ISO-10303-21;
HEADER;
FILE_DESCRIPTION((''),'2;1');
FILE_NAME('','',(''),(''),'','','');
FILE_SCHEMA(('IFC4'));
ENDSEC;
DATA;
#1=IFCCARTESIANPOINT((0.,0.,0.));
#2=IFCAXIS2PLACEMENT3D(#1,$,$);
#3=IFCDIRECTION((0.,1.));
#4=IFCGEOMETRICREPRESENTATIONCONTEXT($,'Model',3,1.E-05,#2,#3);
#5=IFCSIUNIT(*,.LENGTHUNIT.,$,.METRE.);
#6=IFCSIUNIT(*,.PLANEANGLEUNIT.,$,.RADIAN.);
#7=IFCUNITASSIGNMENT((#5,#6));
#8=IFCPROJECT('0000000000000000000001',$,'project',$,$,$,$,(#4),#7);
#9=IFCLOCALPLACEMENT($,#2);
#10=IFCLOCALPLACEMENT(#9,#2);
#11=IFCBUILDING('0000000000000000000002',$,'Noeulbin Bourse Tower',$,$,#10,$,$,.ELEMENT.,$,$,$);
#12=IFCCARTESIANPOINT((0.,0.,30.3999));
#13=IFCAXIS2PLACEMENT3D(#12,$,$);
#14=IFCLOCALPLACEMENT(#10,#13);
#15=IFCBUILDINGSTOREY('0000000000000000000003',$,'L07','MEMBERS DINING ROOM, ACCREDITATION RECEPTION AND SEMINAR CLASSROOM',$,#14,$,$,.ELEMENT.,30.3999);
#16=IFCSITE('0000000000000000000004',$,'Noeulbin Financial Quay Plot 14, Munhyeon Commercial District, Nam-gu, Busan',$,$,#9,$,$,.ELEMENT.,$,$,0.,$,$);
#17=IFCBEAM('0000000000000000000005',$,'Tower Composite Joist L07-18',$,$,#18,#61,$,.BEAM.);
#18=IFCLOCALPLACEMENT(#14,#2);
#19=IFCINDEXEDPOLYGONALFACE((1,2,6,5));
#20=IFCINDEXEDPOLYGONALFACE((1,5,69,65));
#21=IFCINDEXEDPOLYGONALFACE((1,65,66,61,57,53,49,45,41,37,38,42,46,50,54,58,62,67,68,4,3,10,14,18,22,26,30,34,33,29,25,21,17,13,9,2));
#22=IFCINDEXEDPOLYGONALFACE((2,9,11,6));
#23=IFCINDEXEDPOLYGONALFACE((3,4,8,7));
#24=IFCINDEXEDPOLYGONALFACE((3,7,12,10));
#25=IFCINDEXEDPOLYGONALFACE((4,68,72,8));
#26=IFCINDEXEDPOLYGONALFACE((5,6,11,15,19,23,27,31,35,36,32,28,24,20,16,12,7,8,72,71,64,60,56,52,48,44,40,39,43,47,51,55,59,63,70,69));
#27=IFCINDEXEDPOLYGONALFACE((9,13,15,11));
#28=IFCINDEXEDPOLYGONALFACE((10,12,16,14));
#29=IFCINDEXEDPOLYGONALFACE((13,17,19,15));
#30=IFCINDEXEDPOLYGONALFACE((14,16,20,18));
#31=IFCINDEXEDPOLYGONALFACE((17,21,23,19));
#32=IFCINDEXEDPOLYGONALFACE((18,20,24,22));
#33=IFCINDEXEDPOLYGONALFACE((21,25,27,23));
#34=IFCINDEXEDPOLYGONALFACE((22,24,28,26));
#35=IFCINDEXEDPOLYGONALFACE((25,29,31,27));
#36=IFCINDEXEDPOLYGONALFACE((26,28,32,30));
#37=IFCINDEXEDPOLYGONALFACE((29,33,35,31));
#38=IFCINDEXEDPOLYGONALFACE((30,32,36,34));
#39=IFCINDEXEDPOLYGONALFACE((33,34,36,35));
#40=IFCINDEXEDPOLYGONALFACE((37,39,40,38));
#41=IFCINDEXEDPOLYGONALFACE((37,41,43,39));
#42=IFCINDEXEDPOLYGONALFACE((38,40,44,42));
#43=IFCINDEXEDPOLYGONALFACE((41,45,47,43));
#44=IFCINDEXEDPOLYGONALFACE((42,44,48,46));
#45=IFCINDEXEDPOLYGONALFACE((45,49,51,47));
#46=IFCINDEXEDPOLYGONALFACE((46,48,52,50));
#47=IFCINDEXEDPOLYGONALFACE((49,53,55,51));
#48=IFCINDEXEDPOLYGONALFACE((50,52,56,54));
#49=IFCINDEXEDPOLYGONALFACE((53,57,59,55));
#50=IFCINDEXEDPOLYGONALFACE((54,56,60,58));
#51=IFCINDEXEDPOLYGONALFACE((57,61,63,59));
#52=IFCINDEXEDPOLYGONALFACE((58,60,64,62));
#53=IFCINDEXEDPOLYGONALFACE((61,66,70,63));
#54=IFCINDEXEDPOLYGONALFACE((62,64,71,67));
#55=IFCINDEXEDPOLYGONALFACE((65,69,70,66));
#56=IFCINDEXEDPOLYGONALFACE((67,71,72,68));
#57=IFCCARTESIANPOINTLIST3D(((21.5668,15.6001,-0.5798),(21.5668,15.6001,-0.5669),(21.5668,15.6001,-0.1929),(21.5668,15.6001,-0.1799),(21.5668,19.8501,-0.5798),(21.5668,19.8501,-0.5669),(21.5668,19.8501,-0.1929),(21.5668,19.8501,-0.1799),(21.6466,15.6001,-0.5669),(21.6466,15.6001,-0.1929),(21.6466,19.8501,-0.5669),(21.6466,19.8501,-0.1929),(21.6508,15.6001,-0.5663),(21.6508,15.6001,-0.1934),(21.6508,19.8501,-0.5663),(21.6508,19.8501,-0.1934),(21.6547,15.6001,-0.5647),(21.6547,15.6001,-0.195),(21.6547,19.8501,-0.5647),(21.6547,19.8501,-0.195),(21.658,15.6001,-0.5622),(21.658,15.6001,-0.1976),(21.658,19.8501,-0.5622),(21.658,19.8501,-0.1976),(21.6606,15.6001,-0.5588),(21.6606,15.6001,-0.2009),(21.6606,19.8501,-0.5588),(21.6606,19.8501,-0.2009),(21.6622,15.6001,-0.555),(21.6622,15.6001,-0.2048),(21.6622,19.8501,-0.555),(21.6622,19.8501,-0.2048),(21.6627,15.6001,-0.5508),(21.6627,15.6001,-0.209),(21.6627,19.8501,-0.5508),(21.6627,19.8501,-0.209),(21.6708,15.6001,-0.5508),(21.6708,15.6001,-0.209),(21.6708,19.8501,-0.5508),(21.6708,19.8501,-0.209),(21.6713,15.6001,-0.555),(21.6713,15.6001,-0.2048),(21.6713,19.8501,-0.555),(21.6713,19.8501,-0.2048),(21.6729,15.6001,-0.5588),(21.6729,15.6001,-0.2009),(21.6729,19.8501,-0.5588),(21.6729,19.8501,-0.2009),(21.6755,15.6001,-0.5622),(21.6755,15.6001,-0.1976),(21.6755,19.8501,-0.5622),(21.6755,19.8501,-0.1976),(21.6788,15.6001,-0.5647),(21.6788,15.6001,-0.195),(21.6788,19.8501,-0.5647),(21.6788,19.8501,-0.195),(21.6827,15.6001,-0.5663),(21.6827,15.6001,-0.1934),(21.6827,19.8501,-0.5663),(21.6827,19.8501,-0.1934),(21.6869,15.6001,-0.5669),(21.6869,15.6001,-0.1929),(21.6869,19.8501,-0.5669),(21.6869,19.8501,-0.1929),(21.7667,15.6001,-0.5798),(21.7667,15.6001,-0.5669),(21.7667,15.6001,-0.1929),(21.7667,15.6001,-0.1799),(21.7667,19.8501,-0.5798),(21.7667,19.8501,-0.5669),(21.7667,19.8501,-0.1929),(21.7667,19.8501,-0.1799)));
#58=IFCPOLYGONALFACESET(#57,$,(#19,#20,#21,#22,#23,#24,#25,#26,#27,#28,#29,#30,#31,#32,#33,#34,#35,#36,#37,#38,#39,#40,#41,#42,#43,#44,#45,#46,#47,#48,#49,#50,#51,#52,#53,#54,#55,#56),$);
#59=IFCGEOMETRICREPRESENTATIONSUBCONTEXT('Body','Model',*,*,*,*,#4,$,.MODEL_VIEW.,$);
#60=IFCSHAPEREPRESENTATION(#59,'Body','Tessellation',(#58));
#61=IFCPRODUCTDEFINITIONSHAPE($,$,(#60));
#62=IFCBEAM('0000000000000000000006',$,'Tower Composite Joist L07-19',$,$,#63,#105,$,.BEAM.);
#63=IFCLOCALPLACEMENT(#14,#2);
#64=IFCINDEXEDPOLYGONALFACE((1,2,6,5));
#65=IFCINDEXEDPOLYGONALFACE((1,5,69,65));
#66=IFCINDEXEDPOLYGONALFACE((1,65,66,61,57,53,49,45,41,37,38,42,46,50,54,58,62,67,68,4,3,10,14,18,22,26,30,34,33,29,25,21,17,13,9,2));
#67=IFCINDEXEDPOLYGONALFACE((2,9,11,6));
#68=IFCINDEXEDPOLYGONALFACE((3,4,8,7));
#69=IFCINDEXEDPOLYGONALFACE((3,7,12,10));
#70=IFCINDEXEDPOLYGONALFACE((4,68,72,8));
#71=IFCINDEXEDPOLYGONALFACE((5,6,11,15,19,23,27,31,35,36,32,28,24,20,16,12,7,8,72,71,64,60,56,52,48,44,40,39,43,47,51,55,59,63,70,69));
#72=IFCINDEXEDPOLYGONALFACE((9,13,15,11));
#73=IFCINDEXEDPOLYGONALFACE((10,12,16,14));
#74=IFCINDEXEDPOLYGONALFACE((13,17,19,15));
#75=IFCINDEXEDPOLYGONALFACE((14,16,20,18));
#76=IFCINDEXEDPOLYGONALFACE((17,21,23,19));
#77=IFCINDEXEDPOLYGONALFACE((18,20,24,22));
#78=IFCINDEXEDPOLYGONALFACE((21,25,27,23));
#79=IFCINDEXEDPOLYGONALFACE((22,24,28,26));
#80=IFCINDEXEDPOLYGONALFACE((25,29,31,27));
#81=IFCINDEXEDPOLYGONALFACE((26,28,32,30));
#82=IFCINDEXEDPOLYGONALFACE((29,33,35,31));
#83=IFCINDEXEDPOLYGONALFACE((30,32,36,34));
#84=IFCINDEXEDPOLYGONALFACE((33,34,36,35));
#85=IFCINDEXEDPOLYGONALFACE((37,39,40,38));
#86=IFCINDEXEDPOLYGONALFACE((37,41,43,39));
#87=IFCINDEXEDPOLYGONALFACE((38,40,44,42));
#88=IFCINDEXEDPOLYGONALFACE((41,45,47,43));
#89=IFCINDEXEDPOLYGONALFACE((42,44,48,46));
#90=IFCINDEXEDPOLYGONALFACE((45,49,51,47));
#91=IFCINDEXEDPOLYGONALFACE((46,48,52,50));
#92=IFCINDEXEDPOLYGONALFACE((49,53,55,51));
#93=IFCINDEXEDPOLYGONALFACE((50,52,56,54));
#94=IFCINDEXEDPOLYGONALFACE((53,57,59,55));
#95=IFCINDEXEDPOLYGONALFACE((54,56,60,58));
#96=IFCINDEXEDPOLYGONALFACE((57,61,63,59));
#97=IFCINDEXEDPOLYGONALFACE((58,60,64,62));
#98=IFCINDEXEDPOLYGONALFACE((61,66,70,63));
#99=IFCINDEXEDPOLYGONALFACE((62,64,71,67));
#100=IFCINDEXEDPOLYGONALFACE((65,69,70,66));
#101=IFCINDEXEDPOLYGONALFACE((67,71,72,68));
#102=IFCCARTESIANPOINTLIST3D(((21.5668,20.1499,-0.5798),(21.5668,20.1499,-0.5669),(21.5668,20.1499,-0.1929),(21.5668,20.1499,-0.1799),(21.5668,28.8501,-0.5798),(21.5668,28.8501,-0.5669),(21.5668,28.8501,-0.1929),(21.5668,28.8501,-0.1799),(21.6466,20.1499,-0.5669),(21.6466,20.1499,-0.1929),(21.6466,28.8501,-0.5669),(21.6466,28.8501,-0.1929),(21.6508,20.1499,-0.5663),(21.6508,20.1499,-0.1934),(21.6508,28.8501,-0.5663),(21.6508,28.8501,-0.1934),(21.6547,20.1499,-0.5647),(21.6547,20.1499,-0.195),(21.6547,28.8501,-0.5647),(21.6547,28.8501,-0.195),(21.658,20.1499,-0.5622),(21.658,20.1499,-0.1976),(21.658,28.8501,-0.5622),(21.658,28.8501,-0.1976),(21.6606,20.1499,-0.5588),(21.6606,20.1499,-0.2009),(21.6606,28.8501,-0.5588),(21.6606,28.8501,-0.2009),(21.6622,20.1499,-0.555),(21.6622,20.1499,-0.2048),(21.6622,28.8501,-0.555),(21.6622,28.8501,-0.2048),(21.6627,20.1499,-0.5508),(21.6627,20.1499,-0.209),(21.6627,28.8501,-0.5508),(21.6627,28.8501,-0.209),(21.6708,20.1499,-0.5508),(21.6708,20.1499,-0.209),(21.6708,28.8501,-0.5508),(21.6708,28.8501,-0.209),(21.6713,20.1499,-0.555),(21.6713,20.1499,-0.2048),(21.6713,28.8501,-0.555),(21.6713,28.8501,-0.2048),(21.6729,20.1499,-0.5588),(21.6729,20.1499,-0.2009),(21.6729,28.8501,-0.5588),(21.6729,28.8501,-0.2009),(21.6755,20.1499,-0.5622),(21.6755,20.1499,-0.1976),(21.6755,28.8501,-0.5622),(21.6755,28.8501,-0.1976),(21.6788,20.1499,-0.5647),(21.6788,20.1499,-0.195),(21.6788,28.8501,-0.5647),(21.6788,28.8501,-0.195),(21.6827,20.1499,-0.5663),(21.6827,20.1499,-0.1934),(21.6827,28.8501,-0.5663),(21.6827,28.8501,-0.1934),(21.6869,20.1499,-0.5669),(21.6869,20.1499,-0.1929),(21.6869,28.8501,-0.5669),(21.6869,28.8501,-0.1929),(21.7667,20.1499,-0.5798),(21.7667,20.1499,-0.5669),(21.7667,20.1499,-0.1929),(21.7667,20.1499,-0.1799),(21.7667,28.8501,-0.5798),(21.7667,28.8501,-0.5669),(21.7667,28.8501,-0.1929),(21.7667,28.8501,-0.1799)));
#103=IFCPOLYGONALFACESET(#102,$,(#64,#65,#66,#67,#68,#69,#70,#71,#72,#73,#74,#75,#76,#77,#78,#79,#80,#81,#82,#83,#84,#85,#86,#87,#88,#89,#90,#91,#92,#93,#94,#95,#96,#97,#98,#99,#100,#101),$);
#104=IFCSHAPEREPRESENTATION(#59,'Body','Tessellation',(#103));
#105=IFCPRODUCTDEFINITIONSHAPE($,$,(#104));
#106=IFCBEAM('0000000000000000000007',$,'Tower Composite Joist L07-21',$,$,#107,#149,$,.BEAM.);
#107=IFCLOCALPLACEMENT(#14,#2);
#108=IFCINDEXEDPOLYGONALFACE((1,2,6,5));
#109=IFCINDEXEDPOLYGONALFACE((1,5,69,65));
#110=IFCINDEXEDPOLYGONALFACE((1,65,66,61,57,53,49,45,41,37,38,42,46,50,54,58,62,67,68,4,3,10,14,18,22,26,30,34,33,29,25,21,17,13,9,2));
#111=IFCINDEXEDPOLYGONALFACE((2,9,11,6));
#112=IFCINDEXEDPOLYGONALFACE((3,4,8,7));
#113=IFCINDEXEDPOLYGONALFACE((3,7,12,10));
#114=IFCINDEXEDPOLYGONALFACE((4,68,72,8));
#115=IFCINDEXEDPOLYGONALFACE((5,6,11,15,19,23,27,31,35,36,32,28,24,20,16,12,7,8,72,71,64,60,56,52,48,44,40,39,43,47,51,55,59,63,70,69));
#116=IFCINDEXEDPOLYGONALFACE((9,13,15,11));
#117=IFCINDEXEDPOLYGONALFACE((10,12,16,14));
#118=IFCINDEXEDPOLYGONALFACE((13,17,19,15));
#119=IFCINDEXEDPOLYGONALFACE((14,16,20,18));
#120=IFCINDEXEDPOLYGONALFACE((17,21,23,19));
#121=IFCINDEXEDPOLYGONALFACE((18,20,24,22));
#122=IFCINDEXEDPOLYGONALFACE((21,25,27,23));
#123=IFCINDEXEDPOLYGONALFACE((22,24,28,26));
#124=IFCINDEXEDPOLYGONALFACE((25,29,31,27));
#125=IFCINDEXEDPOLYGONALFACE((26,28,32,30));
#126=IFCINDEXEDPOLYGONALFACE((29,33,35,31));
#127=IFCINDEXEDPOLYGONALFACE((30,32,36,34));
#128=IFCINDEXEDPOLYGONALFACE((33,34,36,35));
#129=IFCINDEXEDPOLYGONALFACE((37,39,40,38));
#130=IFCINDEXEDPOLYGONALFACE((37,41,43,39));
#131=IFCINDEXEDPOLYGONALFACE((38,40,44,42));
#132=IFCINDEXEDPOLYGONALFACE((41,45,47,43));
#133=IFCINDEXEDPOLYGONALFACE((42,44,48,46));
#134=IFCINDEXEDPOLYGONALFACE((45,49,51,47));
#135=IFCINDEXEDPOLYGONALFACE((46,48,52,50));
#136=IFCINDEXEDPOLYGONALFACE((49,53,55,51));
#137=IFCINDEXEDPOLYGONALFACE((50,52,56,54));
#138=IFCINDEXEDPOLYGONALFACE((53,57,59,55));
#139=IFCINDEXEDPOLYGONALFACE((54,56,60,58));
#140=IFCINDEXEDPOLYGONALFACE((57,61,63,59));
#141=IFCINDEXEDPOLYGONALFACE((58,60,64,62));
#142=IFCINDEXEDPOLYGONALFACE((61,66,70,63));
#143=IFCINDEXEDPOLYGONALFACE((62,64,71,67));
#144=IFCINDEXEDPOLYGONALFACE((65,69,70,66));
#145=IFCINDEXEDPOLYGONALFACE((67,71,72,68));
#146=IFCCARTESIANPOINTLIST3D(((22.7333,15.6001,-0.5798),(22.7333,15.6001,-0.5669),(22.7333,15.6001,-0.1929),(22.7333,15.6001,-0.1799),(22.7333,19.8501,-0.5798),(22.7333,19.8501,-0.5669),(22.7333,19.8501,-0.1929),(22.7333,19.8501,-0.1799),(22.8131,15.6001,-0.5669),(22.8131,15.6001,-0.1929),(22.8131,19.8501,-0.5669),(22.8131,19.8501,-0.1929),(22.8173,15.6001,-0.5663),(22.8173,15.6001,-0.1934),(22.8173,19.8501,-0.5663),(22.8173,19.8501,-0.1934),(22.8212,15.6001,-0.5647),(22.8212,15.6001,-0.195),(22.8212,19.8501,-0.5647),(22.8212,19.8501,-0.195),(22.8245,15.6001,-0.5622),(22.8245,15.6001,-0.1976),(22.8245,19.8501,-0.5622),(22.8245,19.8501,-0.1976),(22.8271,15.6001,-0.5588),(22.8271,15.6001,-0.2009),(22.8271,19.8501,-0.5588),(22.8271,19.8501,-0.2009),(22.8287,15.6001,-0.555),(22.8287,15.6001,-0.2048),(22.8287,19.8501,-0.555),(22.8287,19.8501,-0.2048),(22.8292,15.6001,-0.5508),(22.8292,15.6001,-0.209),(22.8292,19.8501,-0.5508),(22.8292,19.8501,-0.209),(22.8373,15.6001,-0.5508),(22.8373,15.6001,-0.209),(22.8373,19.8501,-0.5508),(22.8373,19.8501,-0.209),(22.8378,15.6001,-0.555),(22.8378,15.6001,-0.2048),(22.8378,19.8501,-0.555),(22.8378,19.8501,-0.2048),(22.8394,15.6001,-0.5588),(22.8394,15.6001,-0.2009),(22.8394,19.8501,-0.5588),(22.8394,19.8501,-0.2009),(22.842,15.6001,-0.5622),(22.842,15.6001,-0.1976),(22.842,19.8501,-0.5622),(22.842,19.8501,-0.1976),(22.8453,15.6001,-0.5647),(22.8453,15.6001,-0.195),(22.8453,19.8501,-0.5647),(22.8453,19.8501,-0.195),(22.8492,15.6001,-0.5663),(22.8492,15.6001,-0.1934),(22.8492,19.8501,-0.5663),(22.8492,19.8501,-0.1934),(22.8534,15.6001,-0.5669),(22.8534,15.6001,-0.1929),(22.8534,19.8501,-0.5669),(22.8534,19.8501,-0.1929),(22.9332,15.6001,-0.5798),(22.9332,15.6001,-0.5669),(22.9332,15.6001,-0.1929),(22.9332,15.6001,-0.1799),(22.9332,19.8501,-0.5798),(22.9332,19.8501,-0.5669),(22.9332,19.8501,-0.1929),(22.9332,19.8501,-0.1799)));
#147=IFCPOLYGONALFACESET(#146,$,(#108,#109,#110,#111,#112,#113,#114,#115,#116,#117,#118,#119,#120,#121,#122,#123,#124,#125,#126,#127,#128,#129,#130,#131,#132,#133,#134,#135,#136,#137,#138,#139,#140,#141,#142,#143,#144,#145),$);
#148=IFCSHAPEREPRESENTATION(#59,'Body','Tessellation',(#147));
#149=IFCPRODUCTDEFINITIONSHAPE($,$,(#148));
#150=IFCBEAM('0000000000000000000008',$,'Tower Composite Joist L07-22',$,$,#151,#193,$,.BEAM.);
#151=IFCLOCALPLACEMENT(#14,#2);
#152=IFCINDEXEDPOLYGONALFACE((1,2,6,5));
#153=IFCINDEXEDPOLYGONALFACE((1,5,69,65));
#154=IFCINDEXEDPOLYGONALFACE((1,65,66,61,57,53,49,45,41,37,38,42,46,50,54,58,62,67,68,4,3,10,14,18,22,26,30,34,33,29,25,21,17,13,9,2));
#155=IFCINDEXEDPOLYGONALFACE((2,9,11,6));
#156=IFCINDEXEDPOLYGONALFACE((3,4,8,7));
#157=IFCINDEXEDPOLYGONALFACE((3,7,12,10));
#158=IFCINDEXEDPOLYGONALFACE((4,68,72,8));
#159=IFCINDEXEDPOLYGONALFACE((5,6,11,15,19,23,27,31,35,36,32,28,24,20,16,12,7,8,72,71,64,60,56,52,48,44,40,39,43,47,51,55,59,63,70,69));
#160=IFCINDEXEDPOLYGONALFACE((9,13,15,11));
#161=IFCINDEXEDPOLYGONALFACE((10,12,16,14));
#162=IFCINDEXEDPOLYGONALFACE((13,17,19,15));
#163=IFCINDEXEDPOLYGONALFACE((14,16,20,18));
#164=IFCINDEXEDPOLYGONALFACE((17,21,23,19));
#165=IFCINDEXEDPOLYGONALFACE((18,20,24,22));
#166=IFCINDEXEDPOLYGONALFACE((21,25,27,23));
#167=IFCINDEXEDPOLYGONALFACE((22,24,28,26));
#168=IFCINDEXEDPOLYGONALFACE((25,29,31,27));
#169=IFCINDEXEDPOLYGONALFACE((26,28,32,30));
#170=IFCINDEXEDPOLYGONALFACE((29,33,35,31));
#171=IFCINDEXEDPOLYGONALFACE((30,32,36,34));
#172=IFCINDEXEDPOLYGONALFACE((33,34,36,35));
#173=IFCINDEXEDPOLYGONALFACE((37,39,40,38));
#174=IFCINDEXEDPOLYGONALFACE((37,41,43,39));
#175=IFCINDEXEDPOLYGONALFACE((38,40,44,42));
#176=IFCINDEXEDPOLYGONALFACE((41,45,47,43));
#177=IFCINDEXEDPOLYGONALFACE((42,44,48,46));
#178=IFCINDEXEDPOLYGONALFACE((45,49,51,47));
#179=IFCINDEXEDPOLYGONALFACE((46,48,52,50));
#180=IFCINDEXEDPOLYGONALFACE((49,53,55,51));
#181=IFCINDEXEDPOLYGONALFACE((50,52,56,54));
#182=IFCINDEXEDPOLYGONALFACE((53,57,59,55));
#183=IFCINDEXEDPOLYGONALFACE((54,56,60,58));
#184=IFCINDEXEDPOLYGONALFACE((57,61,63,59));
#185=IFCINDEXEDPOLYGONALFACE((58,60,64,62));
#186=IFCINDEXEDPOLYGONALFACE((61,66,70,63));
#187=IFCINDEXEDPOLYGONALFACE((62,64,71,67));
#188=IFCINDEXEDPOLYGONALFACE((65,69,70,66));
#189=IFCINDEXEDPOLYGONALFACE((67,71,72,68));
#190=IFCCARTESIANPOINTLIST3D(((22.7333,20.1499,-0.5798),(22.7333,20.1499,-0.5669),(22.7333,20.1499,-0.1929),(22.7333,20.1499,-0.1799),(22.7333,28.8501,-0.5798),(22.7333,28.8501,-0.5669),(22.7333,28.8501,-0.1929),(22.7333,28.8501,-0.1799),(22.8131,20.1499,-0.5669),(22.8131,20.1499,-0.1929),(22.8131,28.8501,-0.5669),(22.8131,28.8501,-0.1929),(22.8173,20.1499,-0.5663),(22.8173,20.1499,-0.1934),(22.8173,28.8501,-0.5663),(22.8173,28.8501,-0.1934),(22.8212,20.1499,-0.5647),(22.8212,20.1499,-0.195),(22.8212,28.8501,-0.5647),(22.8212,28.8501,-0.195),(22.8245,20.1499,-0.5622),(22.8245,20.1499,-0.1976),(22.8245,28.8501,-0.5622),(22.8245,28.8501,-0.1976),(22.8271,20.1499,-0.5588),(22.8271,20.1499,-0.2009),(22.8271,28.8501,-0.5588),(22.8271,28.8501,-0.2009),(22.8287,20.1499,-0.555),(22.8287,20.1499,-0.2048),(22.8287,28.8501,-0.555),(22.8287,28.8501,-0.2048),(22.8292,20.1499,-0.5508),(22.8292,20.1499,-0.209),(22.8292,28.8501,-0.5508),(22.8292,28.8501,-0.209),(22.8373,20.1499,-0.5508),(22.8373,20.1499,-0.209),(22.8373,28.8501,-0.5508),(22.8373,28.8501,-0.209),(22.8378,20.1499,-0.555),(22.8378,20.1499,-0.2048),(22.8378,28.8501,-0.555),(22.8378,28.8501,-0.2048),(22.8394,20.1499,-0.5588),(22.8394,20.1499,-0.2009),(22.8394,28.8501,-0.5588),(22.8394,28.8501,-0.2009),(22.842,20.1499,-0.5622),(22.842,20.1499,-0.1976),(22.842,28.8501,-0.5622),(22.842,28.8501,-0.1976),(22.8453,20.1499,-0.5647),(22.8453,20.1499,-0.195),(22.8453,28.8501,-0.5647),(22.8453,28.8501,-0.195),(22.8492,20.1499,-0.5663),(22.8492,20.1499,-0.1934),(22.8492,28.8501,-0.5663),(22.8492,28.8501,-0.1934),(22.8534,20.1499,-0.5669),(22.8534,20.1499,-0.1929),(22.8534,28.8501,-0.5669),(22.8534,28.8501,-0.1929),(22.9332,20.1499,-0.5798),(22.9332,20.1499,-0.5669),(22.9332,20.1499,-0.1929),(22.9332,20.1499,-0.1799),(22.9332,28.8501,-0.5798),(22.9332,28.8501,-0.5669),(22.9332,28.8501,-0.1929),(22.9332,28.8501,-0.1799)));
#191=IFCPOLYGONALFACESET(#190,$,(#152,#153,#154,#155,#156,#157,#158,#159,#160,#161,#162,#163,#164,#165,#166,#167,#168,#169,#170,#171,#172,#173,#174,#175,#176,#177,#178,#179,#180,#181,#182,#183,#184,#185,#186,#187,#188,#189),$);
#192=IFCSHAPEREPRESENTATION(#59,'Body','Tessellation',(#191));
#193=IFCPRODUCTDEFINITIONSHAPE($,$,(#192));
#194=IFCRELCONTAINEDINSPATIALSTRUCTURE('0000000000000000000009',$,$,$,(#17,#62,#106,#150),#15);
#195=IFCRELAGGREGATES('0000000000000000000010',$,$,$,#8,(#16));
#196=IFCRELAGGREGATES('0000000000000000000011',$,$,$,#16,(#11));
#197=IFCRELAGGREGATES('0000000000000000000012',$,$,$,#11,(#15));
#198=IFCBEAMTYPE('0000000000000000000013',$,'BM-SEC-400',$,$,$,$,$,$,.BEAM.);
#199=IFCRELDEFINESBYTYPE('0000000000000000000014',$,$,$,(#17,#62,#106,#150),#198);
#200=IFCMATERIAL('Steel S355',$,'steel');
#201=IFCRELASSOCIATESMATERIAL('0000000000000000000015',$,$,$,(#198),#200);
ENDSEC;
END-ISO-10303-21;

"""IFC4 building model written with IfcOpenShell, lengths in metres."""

from ifc_helpers import new_model, si_unit, direction, frame, origin, origin_2d, place, context, subcontext, project, spatial, i_section, extrude, material, material_profile, profile_set, type_object, element, save


model = new_model("IFC4")

# Units and contexts
model_context = context("Model", 3, precision=1e-05, world=origin(), true_north=direction((0.0, 1.0)))
body_context = subcontext(model_context, "Body", "Model", "MODEL_VIEW")
ifc_project = project(units=[si_unit("LENGTHUNIT", "METRE"), si_unit("PLANEANGLEUNIT", "RADIAN")], contexts=[model_context])

# Site, building, storey
site_placement = place(None, origin())
site = spatial("IfcSite", under=ifc_project, at=site_placement, Name="Noeulbin Financial Quay Plot 14, Munhyeon Commercial District, Nam-gu, Busan", CompositionType="ELEMENT", RefElevation=0.0)
building_placement = place(site_placement, origin())
building = spatial("IfcBuilding", under=site, at=building_placement, Name="Noeulbin Bourse Tower", CompositionType="ELEMENT")
storey_placement = place(building_placement, frame((0.0, 0.0, 30.3999)))
storey = spatial("IfcBuildingStorey", under=building, at=storey_placement, Name="L07", Description="MEMBERS DINING ROOM, ACCREDITATION RECEPTION AND SEMINAR CLASSROOM", CompositionType="ELEMENT", Elevation=30.3999)

# Beams
ifc_material_1 = material(Name="Steel S355", Category="steel")
ifc_material_profile_1 = material_profile(ifc_material_1, i_section(OverallWidth=0.2, OverallDepth=0.3999, WebThickness=0.0081, FlangeThickness=0.0129, FilletRadius=0.0161, at=origin_2d()), Name="H-400x200x8x13", Category="LoadBearing")
ifc_profile_set_1 = profile_set([ifc_material_profile_1], Name="Steel S355")
beam_type_1 = type_object("IfcBeamType", Name="BM-SEC-400", PredefinedType="BEAM", material=ifc_profile_set_1)
beam_1_placement = place(storey_placement, frame((21.6667, 15.6001, -0.3799), z_axis=(0.0, 1.0, 0.0), x_axis=(-1.0, 0.0, 0.0)))
element("IfcBeam", 1, at=beam_1_placement, inside=storey, type_object=beam_type_1, Name="Tower Composite Joist L07-18", PredefinedType="BEAM", context=body_context, shape_type="SweptSolid", body=[
    extrude(i_section(OverallWidth=0.2, OverallDepth=0.3999, WebThickness=0.0081, FlangeThickness=0.0129, FilletRadius=0.0161, at=origin_2d()), origin(), (0.0, 0.0, 1.0), 4.25),
])
beam_2_placement = place(storey_placement, frame((21.6667, 20.1499, -0.3799), z_axis=(0.0, 1.0, 0.0), x_axis=(-1.0, 0.0, 0.0)))
element("IfcBeam", 2, at=beam_2_placement, inside=storey, type_object=beam_type_1, Name="Tower Composite Joist L07-19", PredefinedType="BEAM", context=body_context, shape_type="SweptSolid", body=[
    extrude(i_section(OverallWidth=0.2, OverallDepth=0.3999, WebThickness=0.0081, FlangeThickness=0.0129, FilletRadius=0.0161, at=origin_2d()), origin(), (0.0, 0.0, 1.0), 8.7002),
])
beam_3_placement = place(storey_placement, frame((22.8333, 15.6001, -0.3799), z_axis=(0.0, 1.0, 0.0), x_axis=(-1.0, 0.0, 0.0)))
element("IfcBeam", 3, at=beam_3_placement, inside=storey, type_object=beam_type_1, Name="Tower Composite Joist L07-21", PredefinedType="BEAM", context=body_context, shape_type="SweptSolid", body=[
    extrude(i_section(OverallWidth=0.2, OverallDepth=0.3999, WebThickness=0.0081, FlangeThickness=0.0129, FilletRadius=0.0161, at=origin_2d()), origin(), (0.0, 0.0, 1.0), 4.25),
])
beam_4_placement = place(storey_placement, frame((22.8333, 20.1499, -0.3799), z_axis=(0.0, 1.0, 0.0), x_axis=(-1.0, 0.0, 0.0)))
element("IfcBeam", 4, at=beam_4_placement, inside=storey, type_object=beam_type_1, Name="Tower Composite Joist L07-22", PredefinedType="BEAM", context=body_context, shape_type="SweptSolid", body=[
    extrude(i_section(OverallWidth=0.2, OverallDepth=0.3999, WebThickness=0.0081, FlangeThickness=0.0129, FilletRadius=0.0161, at=origin_2d()), origin(), (0.0, 0.0, 1.0), 8.7002),
])

save(model, "model.ifc")
